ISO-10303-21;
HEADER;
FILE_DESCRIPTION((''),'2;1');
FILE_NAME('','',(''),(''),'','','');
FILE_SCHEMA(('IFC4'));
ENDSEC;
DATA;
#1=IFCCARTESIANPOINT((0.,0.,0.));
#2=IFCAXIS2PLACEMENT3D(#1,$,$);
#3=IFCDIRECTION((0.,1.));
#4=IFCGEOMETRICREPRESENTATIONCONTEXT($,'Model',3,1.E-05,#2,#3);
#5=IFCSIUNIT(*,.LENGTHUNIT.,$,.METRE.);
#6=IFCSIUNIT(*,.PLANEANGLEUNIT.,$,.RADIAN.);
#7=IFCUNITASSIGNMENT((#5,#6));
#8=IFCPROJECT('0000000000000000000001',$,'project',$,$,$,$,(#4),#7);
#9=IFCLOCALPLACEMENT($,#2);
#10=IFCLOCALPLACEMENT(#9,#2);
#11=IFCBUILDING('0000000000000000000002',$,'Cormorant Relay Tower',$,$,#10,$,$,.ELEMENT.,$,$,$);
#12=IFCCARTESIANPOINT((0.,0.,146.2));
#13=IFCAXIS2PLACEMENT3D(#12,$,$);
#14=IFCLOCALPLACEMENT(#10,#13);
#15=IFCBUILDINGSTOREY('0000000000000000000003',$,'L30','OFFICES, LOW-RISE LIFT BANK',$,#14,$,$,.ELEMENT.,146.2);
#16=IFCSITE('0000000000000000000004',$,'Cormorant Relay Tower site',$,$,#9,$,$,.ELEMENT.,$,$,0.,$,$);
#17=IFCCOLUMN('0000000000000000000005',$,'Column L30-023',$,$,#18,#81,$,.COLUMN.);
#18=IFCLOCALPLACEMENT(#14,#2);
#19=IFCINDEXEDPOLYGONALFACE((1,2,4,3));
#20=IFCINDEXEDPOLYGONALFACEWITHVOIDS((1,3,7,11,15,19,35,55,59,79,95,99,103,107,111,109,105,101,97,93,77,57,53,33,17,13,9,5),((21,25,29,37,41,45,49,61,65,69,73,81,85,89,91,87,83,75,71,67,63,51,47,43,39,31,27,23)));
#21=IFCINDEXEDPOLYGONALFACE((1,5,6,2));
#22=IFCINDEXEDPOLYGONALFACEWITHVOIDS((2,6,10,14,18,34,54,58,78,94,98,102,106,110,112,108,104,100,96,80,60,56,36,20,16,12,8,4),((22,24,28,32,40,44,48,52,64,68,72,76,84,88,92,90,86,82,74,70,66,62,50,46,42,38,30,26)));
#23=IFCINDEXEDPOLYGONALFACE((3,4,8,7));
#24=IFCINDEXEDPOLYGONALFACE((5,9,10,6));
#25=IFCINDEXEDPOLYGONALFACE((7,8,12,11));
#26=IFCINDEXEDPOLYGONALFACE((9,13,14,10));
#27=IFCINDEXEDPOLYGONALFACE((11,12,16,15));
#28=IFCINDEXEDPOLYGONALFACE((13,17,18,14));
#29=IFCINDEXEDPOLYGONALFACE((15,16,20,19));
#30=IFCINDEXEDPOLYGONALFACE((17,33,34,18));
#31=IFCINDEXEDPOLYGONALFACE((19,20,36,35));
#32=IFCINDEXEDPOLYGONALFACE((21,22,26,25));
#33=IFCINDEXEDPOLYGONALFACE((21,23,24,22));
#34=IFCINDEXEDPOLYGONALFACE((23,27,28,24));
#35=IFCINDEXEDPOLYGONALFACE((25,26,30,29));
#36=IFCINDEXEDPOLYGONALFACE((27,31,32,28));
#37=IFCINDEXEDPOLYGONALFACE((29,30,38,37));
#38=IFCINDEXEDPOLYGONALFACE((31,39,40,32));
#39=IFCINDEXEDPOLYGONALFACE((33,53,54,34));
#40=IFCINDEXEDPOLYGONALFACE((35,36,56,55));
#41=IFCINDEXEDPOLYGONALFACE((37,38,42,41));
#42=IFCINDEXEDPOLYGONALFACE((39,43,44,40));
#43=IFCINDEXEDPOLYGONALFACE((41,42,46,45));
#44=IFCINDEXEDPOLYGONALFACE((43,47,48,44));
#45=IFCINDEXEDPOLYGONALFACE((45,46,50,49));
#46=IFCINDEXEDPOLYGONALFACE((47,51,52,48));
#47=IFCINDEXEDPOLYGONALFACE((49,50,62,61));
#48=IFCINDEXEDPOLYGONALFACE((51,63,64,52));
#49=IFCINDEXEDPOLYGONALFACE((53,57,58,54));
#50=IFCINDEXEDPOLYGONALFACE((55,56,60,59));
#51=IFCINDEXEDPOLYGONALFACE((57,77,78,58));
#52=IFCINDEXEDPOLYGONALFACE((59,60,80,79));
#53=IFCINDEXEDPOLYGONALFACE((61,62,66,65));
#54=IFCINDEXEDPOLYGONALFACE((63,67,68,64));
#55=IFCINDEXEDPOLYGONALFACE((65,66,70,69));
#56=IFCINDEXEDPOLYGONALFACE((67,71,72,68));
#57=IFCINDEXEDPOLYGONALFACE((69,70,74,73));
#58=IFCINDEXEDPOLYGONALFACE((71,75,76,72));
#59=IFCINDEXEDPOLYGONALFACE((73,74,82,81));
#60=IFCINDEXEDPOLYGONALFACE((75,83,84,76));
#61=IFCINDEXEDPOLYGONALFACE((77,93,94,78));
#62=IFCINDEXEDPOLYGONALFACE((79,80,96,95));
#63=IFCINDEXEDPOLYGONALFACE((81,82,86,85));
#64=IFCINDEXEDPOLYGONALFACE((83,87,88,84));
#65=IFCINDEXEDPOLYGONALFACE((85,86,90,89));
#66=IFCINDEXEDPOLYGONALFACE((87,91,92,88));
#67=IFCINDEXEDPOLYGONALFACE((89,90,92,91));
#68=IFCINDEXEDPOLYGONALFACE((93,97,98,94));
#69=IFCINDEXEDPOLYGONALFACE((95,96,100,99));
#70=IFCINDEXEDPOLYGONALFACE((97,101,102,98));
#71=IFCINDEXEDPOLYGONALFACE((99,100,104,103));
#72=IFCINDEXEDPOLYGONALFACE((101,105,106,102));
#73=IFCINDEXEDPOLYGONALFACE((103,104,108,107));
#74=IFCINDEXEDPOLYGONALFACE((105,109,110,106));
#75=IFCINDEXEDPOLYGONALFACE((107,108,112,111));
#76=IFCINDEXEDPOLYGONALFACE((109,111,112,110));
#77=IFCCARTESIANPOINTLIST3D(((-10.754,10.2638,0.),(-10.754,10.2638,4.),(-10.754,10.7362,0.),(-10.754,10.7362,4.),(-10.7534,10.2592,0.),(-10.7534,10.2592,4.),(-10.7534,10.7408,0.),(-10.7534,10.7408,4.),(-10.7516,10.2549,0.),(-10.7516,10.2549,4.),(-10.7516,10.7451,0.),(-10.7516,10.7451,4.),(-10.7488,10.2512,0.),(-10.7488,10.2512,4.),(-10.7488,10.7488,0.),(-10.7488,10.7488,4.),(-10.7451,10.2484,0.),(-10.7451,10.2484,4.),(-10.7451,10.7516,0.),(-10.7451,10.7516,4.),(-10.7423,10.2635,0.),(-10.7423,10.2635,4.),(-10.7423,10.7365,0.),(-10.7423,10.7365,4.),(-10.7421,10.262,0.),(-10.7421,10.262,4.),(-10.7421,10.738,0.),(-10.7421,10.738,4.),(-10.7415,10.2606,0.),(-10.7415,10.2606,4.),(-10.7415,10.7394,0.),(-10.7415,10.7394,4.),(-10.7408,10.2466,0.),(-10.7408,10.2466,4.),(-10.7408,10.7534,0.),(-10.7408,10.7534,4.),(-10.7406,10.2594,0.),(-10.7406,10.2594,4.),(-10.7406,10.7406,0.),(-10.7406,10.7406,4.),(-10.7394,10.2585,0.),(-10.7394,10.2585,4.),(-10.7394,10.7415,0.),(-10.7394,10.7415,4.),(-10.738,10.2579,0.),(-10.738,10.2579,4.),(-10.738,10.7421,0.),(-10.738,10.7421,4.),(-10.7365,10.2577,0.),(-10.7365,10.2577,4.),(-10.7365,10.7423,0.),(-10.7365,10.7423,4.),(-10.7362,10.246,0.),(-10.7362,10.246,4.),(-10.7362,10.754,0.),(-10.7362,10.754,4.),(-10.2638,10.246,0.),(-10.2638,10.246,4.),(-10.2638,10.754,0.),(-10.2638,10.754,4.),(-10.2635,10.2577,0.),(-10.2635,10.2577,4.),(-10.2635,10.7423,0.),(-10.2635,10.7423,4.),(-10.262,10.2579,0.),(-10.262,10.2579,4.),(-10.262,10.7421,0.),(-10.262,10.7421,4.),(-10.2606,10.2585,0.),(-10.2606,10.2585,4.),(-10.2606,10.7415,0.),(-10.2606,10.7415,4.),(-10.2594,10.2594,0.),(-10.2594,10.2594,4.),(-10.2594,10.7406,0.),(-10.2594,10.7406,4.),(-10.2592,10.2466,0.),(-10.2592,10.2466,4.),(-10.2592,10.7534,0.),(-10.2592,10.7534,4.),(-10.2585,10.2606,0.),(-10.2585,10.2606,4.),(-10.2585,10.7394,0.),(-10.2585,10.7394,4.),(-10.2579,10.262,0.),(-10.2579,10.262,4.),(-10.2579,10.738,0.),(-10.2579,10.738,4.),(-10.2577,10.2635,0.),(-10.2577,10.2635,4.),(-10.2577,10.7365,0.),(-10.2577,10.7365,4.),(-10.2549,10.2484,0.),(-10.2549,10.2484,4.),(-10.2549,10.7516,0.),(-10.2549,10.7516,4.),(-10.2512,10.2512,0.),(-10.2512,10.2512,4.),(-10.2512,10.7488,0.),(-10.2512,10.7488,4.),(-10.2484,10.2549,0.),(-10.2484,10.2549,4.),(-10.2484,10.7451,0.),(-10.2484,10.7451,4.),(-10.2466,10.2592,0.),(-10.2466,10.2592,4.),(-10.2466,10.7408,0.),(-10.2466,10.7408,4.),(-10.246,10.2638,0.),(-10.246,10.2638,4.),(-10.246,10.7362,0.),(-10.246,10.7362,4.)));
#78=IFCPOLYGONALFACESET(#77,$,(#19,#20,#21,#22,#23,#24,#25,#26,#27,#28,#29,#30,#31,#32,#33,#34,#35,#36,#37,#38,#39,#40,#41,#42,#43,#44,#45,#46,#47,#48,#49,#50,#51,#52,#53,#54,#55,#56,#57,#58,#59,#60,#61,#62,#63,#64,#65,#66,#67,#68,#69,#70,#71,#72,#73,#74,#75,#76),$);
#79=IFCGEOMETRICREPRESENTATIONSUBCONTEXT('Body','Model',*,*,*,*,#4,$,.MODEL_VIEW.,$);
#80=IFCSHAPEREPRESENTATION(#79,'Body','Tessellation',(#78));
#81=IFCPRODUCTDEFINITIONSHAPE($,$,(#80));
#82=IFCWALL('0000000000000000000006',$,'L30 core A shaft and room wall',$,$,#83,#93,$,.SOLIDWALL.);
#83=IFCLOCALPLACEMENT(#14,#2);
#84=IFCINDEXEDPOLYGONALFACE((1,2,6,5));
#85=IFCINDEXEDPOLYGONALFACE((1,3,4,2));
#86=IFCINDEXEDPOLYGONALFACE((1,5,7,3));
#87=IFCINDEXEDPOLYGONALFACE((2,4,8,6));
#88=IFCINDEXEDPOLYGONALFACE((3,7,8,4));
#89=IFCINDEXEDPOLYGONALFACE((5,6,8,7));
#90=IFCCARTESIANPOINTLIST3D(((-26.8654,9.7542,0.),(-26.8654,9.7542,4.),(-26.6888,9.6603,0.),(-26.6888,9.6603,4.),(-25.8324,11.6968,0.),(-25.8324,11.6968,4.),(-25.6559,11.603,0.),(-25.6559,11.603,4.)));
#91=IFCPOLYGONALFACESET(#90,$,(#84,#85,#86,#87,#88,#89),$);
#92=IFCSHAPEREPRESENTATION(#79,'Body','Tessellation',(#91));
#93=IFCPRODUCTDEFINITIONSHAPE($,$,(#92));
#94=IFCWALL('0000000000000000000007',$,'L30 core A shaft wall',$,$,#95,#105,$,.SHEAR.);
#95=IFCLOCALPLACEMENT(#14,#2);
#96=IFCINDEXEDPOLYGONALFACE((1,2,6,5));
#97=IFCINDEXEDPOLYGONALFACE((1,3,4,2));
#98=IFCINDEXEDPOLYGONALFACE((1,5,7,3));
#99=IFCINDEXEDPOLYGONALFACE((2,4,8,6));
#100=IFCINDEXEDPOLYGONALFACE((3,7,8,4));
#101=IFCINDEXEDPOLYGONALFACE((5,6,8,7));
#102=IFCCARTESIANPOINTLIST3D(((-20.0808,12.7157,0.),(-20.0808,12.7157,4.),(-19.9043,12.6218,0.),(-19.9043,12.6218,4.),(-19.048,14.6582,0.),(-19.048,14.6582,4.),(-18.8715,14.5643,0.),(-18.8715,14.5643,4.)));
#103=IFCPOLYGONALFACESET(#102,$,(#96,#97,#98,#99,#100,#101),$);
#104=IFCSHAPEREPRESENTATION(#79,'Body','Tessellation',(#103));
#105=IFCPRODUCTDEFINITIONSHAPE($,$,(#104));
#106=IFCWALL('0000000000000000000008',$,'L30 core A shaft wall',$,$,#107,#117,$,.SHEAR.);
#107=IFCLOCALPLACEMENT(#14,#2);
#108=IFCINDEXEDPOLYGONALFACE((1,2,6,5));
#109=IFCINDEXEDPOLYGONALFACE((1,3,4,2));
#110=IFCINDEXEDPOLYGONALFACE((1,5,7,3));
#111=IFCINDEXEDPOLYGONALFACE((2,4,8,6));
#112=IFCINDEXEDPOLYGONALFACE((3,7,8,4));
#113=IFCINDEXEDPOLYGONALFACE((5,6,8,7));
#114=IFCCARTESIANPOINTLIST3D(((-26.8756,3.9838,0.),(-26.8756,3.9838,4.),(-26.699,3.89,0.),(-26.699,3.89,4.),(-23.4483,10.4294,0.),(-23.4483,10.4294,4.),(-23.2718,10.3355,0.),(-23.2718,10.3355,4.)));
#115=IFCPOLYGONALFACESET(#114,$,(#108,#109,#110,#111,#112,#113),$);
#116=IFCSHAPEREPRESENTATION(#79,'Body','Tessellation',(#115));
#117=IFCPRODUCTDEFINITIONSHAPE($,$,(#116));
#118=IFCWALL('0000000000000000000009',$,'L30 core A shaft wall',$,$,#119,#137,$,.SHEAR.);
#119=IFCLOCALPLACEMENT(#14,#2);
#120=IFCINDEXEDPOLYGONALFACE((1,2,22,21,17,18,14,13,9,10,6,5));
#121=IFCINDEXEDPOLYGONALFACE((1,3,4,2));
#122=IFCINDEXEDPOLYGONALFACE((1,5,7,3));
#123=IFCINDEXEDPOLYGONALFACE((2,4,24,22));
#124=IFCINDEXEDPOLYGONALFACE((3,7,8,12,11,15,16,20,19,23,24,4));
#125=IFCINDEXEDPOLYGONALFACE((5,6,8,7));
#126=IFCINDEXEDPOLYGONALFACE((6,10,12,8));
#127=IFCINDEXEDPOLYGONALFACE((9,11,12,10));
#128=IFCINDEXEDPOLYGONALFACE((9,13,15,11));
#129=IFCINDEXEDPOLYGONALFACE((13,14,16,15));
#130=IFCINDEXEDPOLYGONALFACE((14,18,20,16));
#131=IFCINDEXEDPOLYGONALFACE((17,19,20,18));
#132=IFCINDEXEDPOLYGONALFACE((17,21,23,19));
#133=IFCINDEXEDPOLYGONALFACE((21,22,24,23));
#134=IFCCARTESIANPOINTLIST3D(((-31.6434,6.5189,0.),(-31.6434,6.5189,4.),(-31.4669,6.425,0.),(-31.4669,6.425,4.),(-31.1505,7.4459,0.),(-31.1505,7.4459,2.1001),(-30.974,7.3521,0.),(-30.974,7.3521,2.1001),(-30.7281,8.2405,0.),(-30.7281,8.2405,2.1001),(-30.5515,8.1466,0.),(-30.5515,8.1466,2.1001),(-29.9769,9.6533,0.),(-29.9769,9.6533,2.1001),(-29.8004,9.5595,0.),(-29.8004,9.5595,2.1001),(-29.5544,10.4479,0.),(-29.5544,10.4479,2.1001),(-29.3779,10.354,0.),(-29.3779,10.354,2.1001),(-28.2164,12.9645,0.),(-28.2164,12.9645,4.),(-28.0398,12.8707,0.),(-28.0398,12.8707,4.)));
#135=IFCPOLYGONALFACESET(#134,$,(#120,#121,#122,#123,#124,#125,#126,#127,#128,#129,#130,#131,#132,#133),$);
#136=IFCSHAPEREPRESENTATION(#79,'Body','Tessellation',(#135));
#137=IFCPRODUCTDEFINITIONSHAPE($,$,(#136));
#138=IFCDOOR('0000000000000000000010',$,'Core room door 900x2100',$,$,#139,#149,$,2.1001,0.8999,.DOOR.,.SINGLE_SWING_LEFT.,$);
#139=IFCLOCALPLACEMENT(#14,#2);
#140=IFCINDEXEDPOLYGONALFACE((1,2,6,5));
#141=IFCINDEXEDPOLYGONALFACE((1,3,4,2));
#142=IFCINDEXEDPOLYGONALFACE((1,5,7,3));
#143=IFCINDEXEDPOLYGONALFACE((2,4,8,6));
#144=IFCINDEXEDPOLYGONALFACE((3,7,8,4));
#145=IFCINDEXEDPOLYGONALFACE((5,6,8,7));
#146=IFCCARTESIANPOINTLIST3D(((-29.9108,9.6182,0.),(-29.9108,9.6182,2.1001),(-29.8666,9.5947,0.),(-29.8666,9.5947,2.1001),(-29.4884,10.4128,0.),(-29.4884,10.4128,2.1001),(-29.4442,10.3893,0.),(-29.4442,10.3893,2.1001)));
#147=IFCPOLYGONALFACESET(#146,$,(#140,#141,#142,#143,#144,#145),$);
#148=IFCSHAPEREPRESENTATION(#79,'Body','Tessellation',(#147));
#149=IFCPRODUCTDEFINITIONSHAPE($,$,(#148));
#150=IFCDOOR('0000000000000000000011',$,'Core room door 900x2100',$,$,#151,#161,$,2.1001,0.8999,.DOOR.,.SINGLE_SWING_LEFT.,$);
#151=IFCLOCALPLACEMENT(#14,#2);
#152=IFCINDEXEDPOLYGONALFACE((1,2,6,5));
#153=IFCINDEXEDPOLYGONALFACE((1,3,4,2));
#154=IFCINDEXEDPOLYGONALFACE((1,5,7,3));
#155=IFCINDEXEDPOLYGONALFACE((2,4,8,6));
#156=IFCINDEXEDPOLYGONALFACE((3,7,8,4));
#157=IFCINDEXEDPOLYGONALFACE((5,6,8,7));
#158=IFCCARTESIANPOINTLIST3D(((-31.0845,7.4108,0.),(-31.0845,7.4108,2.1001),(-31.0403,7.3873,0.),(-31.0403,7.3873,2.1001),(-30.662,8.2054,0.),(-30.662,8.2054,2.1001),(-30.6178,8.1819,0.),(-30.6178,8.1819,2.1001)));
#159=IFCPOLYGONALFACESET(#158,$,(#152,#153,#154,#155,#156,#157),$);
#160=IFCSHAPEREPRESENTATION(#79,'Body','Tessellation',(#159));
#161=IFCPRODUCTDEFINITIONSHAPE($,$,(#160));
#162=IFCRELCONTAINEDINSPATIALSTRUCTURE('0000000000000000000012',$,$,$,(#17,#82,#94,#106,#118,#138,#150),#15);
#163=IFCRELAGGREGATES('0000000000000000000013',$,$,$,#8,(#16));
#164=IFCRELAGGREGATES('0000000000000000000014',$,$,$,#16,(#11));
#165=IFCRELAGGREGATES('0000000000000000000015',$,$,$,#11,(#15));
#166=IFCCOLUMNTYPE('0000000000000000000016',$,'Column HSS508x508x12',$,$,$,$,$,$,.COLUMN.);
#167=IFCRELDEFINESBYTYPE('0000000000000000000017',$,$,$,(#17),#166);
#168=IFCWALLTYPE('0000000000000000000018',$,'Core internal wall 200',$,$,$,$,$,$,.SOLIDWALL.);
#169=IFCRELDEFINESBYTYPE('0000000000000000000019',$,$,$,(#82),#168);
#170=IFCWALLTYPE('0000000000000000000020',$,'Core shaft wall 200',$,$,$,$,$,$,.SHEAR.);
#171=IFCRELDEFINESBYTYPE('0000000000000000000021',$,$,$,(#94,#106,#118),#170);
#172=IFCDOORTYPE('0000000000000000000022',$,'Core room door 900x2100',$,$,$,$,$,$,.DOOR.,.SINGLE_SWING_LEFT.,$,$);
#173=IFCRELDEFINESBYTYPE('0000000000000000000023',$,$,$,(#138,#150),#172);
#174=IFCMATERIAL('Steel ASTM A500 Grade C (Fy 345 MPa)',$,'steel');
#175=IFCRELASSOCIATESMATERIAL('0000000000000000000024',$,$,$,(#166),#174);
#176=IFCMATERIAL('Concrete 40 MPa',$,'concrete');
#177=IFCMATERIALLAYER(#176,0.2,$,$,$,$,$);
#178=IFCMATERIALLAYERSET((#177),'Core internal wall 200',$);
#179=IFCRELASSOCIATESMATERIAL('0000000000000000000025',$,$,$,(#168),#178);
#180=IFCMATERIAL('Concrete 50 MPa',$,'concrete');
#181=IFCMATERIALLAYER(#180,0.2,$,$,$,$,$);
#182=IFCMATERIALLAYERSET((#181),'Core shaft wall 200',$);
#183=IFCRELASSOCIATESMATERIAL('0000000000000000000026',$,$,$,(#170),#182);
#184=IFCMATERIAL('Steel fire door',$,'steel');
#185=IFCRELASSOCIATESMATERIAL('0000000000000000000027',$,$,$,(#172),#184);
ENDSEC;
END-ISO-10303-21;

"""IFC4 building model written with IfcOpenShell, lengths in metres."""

from ifc_helpers import new_model, si_unit, direction, frame, frame_2d, origin, origin_2d, place, context, subcontext, project, spatial, rectangle, hollow_rectangle, extrude, material, layer, layer_set, material_profile, profile_set, type_object, element, fill, save


model = new_model("IFC4")

# Units and contexts
model_context = context("Model", 3, precision=1e-05, world=origin(), true_north=direction((0.0, 1.0)))
body_context = subcontext(model_context, "Body", "Model", "MODEL_VIEW")
ifc_project = project(units=[si_unit("LENGTHUNIT", "METRE"), si_unit("PLANEANGLEUNIT", "RADIAN")], contexts=[model_context])

# Site, building, storey
site_placement = place(None, origin())
site = spatial("IfcSite", under=ifc_project, at=site_placement, Name="Cormorant Relay Tower site", CompositionType="ELEMENT", RefElevation=0.0)
building_placement = place(site_placement, origin())
building = spatial("IfcBuilding", under=site, at=building_placement, Name="Cormorant Relay Tower", CompositionType="ELEMENT")
storey_placement = place(building_placement, frame((0.0, 0.0, 146.2)))
storey = spatial("IfcBuildingStorey", under=building, at=storey_placement, Name="L30", Description="OFFICES, LOW-RISE LIFT BANK", CompositionType="ELEMENT", Elevation=146.2)

# Column
ifc_material_1 = material(Name="Steel ASTM A500 Grade C (Fy 345 MPa)", Category="steel")
ifc_material_profile = material_profile(ifc_material_1, hollow_rectangle(XDim=0.5081, YDim=0.5081, WallThickness=0.0117, InnerFilletRadius=0.0059, OuterFilletRadius=0.0178, at=origin_2d()), Name="HSS508x508x12")
ifc_profile_set = profile_set([ifc_material_profile], Name="Steel ASTM A500 Grade C (Fy 345 MPa)")
column_type = type_object("IfcColumnType", Name="Column HSS508x508x12", PredefinedType="COLUMN", material=ifc_profile_set)
column_placement = place(storey_placement, frame((-10.5, 10.5, 0.0), z_axis=(0.0, 0.0, 1.0), x_axis=(1.0, 0.0, 0.0)))
element("IfcColumn", 1, at=column_placement, inside=storey, type_object=column_type, Name="Column L30-023", PredefinedType="COLUMN", context=body_context, shape_type="SweptSolid", body=[
    extrude(hollow_rectangle(XDim=0.5081, YDim=0.5081, WallThickness=0.0117, InnerFilletRadius=0.0059, OuterFilletRadius=0.0178, at=origin_2d()), origin(), (0.0, 0.0, 1.0), 4.0),
])

# Walls
ifc_material_2 = material(Name="Concrete 40 MPa", Category="concrete")
ifc_layer_1 = layer(ifc_material_2, 0.2)
ifc_layer_set_1 = layer_set([ifc_layer_1], Name="Core internal wall 200")
wall_type_1 = type_object("IfcWallType", Name="Core internal wall 200", PredefinedType="SOLIDWALL", material=ifc_layer_set_1)
wall_1_placement = place(storey_placement, frame((-25.7441, 11.6499, 0.0), z_axis=(0.0, 0.0, 1.0), x_axis=(-0.469488, -0.882939, 0.0)))
element("IfcWall", 2, at=wall_1_placement, inside=storey, type_object=wall_type_1, Name="L30 core A shaft and room wall", PredefinedType="SOLIDWALL", context=body_context, shape_type="SweptSolid", body=[
    extrude(rectangle(XDim=2.2002, YDim=0.2, at=frame_2d((1.1001, 0.0))), origin(), (0.0, 0.0, 1.0), 4.0),
])
ifc_material_3 = material(Name="Concrete 50 MPa", Category="concrete")
ifc_layer_2 = layer(ifc_material_3, 0.2)
ifc_layer_set_2 = layer_set([ifc_layer_2], Name="Core shaft wall 200")
wall_type_2 = type_object("IfcWallType", Name="Core shaft wall 200", PredefinedType="SHEAR", material=ifc_layer_set_2)
wall_2_placement = place(storey_placement, frame((-18.9597, 14.6113, 0.0), z_axis=(0.0, 0.0, 1.0), x_axis=(-0.469447, -0.88296, 0.0)))
element("IfcWall", 3, at=wall_2_placement, inside=storey, type_object=wall_type_2, Name="L30 core A shaft wall", PredefinedType="SHEAR", context=body_context, shape_type="SweptSolid", body=[
    extrude(rectangle(XDim=2.2, YDim=0.2, at=frame_2d((1.1001, 0.0))), origin(), (0.0, 0.0, 1.0), 4.0),
])
wall_3_placement = place(storey_placement, frame((-23.3601, 10.3823, 0.0), z_axis=(0.0, 0.0, 1.0), x_axis=(-0.46948, -0.882943, 0.0)))
element("IfcWall", 4, at=wall_3_placement, inside=storey, type_object=wall_type_2, Name="L30 core A shaft wall", PredefinedType="SHEAR", context=body_context, shape_type="SweptSolid", body=[
    extrude(rectangle(XDim=7.3, YDim=0.2, at=frame_2d((3.6499, 0.0))), origin(), (0.0, 0.0, 1.0), 4.0),
])

# Wall, openings, doors
wall_4_placement = place(storey_placement, frame((-28.1282, 12.9175, 0.0), z_axis=(0.0, 0.0, 1.0), x_axis=(-0.469454, -0.882957, 0.0)))
wall_4 = element("IfcWall", 5, at=wall_4_placement, inside=storey, type_object=wall_type_2, Name="L30 core A shaft wall", PredefinedType="SHEAR", context=body_context, shape_type="SweptSolid", body=[
    extrude(rectangle(XDim=7.3, YDim=0.2, at=frame_2d((3.6499, 0.0))), origin(), (0.0, 0.0, 1.0), 4.0),
])
opening_1_placement = place(wall_4_placement, frame((2.8501, 0.0, 0.0)))
opening_1 = element("IfcOpeningElement", 6, at=opening_1_placement, cuts=wall_4, PredefinedType="OPENING", context=body_context, shape_type="SweptSolid", body=[
    extrude(rectangle(XDim=0.8999, YDim=2.1001, at=frame_2d((0.45, 1.05))), frame((0.0, 0.1099, 0.0), z_axis=(0.0, -1.0, 0.0), x_axis=(1.0, 0.0, 0.0)), (0.0, 0.0, 1.0), 0.22),
])
opening_2_placement = place(wall_4_placement, frame((5.3501, 0.0, 0.0)))
opening_2 = element("IfcOpeningElement", 7, at=opening_2_placement, cuts=wall_4, PredefinedType="OPENING", context=body_context, shape_type="SweptSolid", body=[
    extrude(rectangle(XDim=0.8999, YDim=2.1001, at=frame_2d((0.45, 1.05))), frame((0.0, 0.1099, 0.0), z_axis=(0.0, -1.0, 0.0), x_axis=(1.0, 0.0, 0.0)), (0.0, 0.0, 1.0), 0.22),
])
ifc_material_4 = material(Name="Steel fire door", Category="steel")
door_type_1 = type_object("IfcDoorType", Name="Core room door 900x2100", OperationType="SINGLE_SWING_LEFT", PredefinedType="DOOR", material=ifc_material_4)
door_1_placement = place(opening_1_placement, origin())
door_1 = element("IfcDoor", 8, at=door_1_placement, inside=storey, type_object=door_type_1, Name="Core room door 900x2100", OperationType="SINGLE_SWING_LEFT", OverallHeight=2.1001, OverallWidth=0.8999, PredefinedType="DOOR", context=body_context, shape_type="SweptSolid", body=[
    extrude(rectangle(XDim=0.8999, YDim=2.1001, at=frame_2d((0.45, 1.05))), frame((0.0, 0.0249, 0.0), z_axis=(0.0, -1.0, 0.0), x_axis=(1.0, 0.0, 0.0)), (0.0, 0.0, 1.0), 0.05),
])
fill(opening_1, door_1)
door_2_placement = place(opening_2_placement, origin())
door_2 = element("IfcDoor", 9, at=door_2_placement, inside=storey, type_object=door_type_1, Name="Core room door 900x2100", OperationType="SINGLE_SWING_LEFT", OverallHeight=2.1001, OverallWidth=0.8999, PredefinedType="DOOR", context=body_context, shape_type="SweptSolid", body=[
    extrude(rectangle(XDim=0.8999, YDim=2.1001, at=frame_2d((0.45, 1.05))), frame((0.0, 0.0249, 0.0), z_axis=(0.0, -1.0, 0.0), x_axis=(1.0, 0.0, 0.0)), (0.0, 0.0, 1.0), 0.05),
])
fill(opening_2, door_2)

save(model, "model.ifc")
